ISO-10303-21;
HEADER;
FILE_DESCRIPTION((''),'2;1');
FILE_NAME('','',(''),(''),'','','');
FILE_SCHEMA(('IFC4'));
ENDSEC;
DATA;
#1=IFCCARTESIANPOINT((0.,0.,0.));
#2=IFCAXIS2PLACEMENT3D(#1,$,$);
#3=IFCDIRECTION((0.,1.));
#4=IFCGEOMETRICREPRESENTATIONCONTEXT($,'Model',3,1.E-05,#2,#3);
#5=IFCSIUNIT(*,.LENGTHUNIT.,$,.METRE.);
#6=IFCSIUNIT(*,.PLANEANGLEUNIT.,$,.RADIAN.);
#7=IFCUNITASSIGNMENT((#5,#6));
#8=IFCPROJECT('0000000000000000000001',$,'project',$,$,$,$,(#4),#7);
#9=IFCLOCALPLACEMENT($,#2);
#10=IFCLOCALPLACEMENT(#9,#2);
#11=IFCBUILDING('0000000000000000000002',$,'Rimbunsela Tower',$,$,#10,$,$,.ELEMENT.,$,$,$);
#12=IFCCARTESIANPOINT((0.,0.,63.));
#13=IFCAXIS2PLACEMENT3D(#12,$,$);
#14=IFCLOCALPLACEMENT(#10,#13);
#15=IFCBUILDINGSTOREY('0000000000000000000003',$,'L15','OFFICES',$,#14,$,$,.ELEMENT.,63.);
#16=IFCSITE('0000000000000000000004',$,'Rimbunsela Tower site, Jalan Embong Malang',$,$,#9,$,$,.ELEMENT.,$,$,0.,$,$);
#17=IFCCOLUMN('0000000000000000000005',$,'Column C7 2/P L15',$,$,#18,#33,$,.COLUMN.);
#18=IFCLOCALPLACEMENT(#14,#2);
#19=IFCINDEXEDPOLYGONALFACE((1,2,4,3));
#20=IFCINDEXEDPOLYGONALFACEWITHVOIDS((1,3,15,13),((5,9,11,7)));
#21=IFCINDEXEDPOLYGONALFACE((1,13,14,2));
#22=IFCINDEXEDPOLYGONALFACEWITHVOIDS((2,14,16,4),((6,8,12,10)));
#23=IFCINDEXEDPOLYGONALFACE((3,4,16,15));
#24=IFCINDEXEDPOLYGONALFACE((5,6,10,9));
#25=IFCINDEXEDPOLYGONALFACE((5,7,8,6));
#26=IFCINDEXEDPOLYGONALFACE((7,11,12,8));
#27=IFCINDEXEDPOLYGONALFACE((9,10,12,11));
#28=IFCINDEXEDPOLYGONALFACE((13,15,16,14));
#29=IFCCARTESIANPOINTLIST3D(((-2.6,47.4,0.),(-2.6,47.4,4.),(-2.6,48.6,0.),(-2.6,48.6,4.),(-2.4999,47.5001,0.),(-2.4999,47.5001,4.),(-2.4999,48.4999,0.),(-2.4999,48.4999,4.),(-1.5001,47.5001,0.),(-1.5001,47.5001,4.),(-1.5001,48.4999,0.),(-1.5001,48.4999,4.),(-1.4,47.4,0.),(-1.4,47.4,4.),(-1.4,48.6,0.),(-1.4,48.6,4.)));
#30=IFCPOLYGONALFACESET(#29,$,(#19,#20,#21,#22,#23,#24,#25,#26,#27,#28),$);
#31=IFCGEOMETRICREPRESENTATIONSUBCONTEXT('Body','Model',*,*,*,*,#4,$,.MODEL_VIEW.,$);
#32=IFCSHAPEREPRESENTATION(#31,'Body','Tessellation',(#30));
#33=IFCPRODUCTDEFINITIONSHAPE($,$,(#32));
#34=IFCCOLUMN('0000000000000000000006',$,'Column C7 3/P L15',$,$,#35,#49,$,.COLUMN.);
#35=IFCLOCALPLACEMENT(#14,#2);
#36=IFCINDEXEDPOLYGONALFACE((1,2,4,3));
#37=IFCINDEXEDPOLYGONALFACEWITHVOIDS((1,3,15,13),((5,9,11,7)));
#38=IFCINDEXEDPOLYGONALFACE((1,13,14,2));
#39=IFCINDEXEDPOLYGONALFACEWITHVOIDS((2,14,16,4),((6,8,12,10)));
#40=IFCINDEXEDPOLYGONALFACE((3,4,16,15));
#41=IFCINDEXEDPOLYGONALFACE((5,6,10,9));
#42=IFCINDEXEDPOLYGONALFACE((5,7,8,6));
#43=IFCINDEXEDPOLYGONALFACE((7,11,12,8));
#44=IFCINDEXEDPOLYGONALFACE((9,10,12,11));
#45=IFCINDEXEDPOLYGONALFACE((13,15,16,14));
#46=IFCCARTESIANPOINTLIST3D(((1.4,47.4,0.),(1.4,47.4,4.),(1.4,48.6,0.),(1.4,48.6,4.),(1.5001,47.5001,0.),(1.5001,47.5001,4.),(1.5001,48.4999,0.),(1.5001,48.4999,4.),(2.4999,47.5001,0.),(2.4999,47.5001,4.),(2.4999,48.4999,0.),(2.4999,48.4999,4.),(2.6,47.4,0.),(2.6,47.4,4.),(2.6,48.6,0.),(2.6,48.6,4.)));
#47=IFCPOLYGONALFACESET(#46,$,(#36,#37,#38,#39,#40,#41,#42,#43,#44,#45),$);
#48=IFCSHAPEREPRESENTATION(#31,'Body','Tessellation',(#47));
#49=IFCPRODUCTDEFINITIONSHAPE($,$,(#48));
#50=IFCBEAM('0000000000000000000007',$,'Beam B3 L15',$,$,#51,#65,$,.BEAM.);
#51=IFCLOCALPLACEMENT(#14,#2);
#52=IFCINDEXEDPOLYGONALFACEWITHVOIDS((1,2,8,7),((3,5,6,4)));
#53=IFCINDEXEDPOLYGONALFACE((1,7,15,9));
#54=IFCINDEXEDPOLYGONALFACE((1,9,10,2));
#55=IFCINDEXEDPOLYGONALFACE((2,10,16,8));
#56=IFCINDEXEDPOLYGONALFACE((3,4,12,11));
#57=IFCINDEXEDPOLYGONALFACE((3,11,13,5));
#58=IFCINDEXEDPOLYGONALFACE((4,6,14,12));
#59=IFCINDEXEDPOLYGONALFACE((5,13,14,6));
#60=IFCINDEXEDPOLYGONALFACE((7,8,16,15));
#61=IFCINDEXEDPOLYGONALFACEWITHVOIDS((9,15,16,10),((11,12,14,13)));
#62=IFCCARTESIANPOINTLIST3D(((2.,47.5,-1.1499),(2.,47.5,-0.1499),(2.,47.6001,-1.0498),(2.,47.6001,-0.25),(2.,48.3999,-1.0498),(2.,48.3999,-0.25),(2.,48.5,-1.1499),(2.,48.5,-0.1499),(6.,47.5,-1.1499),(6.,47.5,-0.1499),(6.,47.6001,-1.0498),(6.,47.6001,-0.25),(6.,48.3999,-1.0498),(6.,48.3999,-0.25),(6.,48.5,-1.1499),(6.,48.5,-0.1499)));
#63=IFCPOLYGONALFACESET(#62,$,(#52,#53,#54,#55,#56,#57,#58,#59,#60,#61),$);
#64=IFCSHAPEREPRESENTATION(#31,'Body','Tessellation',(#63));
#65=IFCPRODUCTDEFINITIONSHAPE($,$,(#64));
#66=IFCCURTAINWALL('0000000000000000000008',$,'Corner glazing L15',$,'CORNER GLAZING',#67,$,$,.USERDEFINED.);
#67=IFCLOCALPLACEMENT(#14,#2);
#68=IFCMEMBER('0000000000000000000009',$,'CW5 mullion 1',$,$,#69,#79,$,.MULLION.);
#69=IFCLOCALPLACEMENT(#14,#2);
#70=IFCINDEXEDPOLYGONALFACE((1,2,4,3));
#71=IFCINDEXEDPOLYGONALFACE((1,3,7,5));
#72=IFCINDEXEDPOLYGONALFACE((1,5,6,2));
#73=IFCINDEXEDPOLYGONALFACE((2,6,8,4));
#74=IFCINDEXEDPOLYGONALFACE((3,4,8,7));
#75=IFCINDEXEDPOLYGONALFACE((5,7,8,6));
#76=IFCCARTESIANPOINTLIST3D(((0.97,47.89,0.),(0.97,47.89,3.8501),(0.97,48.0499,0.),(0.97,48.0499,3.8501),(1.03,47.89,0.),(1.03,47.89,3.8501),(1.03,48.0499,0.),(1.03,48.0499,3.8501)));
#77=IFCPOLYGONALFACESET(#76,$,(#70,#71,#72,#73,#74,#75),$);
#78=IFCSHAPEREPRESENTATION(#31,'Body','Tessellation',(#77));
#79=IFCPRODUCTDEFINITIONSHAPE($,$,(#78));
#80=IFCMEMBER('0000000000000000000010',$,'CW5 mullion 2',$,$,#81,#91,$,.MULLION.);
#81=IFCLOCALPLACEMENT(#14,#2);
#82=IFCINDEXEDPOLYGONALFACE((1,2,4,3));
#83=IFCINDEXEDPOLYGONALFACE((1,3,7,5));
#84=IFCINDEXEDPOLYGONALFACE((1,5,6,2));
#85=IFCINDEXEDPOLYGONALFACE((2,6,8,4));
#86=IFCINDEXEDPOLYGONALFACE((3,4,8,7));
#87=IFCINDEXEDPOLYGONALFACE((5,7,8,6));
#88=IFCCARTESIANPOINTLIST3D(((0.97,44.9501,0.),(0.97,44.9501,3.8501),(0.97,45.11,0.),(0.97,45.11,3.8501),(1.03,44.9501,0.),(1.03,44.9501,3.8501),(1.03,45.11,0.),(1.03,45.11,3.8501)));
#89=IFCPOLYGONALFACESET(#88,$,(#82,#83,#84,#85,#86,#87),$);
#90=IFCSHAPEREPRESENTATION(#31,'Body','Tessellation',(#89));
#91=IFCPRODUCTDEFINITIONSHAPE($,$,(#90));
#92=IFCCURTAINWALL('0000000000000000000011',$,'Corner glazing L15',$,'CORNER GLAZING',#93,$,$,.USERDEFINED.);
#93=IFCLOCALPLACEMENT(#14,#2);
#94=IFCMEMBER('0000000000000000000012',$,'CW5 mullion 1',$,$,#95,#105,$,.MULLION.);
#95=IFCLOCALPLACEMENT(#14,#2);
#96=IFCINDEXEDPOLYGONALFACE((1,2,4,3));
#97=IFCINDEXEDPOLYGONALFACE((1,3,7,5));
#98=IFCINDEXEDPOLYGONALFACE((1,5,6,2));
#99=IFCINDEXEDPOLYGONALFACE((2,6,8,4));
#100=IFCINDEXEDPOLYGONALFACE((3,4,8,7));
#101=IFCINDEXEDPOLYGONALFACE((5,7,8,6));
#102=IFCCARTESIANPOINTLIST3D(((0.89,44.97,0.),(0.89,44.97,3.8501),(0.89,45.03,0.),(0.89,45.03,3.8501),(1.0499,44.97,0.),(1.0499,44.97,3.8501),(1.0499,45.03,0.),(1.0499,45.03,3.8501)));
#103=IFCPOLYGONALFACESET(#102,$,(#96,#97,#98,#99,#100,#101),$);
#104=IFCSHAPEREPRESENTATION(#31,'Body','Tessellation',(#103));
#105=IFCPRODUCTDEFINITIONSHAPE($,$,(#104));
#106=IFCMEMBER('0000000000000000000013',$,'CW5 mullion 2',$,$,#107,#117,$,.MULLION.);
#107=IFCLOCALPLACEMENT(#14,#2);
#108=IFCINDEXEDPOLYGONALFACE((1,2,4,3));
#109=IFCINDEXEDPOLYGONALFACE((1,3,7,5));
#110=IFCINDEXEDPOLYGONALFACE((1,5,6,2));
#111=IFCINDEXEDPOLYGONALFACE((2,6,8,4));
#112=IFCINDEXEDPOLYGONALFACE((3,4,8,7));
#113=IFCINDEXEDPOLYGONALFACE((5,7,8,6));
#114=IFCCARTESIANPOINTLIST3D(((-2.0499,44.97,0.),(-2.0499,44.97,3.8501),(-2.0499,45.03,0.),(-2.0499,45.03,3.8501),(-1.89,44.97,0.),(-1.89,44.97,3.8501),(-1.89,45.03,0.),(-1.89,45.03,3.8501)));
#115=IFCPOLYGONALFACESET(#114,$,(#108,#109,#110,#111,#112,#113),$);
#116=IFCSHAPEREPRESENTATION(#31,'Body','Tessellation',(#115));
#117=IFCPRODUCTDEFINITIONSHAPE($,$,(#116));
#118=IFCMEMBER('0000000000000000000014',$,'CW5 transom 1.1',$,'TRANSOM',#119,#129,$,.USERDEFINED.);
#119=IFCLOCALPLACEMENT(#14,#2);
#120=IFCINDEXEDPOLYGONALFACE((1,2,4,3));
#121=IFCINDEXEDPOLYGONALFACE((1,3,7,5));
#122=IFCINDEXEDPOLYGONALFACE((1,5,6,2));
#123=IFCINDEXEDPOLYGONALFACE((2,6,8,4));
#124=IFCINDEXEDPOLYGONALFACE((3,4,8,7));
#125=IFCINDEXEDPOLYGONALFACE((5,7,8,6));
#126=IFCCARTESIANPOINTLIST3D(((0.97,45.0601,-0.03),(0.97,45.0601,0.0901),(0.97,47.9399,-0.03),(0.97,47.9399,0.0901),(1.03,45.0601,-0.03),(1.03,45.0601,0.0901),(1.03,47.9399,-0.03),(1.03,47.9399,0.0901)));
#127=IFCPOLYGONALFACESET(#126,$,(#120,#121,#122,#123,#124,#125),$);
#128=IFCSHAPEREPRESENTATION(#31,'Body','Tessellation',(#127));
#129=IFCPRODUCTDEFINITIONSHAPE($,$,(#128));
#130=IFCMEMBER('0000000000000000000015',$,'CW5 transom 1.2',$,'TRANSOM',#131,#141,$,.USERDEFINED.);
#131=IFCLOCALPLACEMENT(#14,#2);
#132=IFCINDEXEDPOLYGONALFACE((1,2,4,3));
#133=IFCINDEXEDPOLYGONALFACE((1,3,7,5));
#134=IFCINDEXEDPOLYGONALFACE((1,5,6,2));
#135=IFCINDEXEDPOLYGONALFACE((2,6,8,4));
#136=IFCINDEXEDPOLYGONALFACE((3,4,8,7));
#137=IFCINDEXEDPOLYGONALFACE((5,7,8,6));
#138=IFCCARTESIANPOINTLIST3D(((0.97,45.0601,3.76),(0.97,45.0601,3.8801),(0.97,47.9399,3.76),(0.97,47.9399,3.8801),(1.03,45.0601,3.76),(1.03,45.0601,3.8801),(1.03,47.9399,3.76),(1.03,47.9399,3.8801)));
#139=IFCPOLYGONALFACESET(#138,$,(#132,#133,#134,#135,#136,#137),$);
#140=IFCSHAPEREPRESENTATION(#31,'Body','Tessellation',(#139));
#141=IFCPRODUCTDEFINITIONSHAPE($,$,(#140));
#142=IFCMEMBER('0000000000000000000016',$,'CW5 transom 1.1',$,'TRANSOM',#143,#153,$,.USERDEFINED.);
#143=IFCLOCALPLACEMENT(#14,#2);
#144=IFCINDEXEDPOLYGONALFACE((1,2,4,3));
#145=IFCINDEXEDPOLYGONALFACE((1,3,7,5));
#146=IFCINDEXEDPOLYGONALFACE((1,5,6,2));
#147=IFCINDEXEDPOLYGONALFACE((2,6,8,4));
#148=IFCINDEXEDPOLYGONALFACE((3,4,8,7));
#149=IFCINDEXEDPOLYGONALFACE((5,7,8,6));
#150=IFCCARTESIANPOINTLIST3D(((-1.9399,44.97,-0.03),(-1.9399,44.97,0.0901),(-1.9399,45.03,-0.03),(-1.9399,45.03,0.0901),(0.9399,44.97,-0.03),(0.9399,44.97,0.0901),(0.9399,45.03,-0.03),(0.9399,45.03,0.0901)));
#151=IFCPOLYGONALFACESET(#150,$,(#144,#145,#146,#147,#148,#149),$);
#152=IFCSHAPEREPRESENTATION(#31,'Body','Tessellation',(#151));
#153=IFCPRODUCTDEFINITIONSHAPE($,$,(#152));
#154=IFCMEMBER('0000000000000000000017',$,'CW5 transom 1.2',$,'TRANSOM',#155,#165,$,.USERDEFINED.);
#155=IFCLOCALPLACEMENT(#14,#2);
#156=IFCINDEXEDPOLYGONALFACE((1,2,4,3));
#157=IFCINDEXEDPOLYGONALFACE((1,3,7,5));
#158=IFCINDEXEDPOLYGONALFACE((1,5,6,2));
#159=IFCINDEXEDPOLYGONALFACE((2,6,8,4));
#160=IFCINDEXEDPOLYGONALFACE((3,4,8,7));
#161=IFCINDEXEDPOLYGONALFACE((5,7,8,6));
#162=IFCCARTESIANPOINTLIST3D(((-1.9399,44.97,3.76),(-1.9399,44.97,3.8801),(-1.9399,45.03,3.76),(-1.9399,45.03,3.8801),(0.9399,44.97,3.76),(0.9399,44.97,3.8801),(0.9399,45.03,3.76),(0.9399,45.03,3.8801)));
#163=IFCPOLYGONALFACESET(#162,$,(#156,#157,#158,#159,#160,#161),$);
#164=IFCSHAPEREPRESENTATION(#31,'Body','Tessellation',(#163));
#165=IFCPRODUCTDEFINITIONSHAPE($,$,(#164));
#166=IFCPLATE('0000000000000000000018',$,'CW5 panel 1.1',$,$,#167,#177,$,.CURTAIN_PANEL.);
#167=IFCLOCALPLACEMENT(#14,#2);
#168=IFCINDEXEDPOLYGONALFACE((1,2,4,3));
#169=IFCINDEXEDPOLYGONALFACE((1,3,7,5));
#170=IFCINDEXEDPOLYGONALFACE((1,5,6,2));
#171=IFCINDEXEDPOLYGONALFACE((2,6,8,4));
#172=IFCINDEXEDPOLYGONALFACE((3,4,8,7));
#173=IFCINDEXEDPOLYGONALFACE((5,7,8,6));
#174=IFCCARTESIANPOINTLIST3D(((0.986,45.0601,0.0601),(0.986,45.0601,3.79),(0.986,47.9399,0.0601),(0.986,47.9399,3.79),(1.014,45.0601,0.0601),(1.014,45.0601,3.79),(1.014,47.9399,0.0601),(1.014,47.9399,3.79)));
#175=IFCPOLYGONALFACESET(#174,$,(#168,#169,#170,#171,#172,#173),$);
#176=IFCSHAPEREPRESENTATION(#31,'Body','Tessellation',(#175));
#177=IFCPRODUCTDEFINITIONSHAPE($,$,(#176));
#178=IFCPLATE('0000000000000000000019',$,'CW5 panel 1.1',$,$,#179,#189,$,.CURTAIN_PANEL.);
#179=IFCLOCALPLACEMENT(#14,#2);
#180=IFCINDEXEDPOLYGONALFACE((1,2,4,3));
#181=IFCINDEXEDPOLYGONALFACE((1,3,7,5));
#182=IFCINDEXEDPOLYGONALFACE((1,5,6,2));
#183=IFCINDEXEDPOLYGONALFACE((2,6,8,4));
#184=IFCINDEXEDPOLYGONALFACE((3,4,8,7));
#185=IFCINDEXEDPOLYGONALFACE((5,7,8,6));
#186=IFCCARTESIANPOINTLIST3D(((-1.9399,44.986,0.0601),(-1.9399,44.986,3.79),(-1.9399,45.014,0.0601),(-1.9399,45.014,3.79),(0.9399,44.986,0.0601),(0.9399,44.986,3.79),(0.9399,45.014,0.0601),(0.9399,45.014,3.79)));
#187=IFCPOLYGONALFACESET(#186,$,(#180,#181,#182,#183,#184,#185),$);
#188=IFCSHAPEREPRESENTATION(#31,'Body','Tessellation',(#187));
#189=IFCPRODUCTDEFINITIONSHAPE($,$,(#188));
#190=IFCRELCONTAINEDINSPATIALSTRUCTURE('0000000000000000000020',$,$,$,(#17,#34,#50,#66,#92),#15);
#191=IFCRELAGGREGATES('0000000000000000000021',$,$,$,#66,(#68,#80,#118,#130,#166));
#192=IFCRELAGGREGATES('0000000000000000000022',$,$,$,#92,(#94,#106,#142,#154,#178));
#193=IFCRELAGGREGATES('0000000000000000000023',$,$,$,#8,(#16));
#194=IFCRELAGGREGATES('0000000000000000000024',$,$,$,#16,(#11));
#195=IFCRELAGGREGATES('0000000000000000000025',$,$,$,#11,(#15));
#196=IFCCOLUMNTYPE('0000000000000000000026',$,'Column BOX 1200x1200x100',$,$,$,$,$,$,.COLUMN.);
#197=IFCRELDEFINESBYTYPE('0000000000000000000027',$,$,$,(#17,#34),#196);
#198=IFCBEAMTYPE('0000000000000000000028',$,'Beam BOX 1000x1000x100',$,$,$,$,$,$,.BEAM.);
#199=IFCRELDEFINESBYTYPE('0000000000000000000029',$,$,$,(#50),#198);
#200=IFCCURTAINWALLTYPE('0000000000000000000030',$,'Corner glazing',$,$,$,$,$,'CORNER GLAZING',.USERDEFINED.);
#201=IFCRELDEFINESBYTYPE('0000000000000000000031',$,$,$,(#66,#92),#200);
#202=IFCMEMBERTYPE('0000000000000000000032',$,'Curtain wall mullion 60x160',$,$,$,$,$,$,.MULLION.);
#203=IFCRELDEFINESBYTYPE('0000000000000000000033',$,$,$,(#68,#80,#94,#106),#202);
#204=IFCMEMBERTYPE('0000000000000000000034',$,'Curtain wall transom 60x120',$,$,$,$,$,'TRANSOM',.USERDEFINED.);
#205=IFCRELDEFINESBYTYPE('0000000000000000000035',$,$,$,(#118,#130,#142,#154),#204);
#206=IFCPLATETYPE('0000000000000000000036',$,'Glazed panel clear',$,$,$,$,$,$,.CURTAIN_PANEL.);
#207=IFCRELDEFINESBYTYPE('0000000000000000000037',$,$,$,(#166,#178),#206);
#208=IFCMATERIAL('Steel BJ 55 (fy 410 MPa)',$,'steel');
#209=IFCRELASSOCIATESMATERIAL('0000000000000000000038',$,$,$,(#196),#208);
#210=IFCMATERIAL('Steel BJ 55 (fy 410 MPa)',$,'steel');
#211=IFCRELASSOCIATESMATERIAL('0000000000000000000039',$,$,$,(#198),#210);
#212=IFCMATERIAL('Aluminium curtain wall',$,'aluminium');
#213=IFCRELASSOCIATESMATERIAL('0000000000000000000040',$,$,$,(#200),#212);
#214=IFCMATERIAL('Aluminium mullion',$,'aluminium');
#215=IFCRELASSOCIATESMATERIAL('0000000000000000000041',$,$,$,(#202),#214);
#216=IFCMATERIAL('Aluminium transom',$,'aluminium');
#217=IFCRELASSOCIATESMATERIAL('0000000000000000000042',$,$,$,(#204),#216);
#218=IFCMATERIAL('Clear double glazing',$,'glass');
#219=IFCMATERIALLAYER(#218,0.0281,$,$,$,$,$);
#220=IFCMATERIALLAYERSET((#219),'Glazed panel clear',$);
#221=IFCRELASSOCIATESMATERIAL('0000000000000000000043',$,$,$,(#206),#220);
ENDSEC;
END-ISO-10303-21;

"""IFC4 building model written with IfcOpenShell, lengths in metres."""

from ifc_helpers import new_model, si_unit, direction, frame, origin, origin_2d, place, context, subcontext, project, spatial, rectangle, hollow_rectangle, extrude, material, layer, layer_set, material_profile, profile_set, type_object, element, aggregate, save


model = new_model("IFC4")

# Units and contexts
model_context = context("Model", 3, precision=1e-05, world=origin(), true_north=direction((0.0, 1.0)))
body_context = subcontext(model_context, "Body", "Model", "MODEL_VIEW")
ifc_project = project(units=[si_unit("LENGTHUNIT", "METRE"), si_unit("PLANEANGLEUNIT", "RADIAN")], contexts=[model_context])

# Site, building, storey
site_placement = place(None, origin())
site = spatial("IfcSite", under=ifc_project, at=site_placement, Name="Rimbunsela Tower site, Jalan Embong Malang", CompositionType="ELEMENT", RefElevation=0.0)
building_placement = place(site_placement, origin())
building = spatial("IfcBuilding", under=site, at=building_placement, Name="Rimbunsela Tower", CompositionType="ELEMENT")
storey_placement = place(building_placement, frame((0.0, 0.0, 63.0)))
storey = spatial("IfcBuildingStorey", under=building, at=storey_placement, Name="L15", Description="OFFICES", CompositionType="ELEMENT", Elevation=63.0)

# Columns
ifc_material_1 = material(Name="Steel BJ 55 (fy 410 MPa)", Category="steel")
ifc_material_profile_1 = material_profile(ifc_material_1, hollow_rectangle(XDim=1.2, YDim=1.2, WallThickness=0.1001, at=origin_2d()), Name="BOX 1200x1200x100")
ifc_profile_set_1 = profile_set([ifc_material_profile_1], Name="Steel BJ 55 (fy 410 MPa)")
column_type = type_object("IfcColumnType", Name="Column BOX 1200x1200x100", PredefinedType="COLUMN", material=ifc_profile_set_1)
for number, where, z_axis, x_axis, name in (
    (1, (-2.0, 48.0, 0.0), (0.0, 0.0, 1.0), (1.0, 0.0, 0.0), "Column C7 2/P L15"),
    (2, (2.0, 48.0, 0.0), (0.0, 0.0, 1.0), (1.0, 0.0, 0.0), "Column C7 3/P L15"),
):
    element("IfcColumn", number, at=place(storey_placement, frame(where, z_axis=z_axis, x_axis=x_axis)), inside=storey, type_object=column_type, Name=name, PredefinedType="COLUMN", context=body_context, shape_type="SweptSolid", body=[
        extrude(hollow_rectangle(XDim=1.2, YDim=1.2, WallThickness=0.1001, at=origin_2d()), origin(), (0.0, 0.0, 1.0), 4.0),
    ])

# Beam
ifc_material_2 = material(Name="Steel BJ 55 (fy 410 MPa)", Category="steel")
ifc_material_profile_2 = material_profile(ifc_material_2, hollow_rectangle(XDim=1.0, YDim=1.0, WallThickness=0.1001, at=origin_2d()), Name="BOX 1000x1000x100")
ifc_profile_set_2 = profile_set([ifc_material_profile_2], Name="Steel BJ 55 (fy 410 MPa)")
beam_type = type_object("IfcBeamType", Name="Beam BOX 1000x1000x100", PredefinedType="BEAM", material=ifc_profile_set_2)
beam_placement = place(storey_placement, frame((2.0, 48.0, -0.6499), z_axis=(1.0, 0.0, 0.0), x_axis=(0.0, 1.0, 0.0)))
element("IfcBeam", 3, at=beam_placement, inside=storey, type_object=beam_type, Name="Beam B3 L15", PredefinedType="BEAM", context=body_context, shape_type="SweptSolid", body=[
    extrude(hollow_rectangle(XDim=1.0, YDim=1.0, WallThickness=0.1001, at=origin_2d()), origin(), (0.0, 0.0, 1.0), 4.0),
])

# Curtain walls, members
ifc_material_3 = material(Name="Aluminium curtain wall", Category="aluminium")
curtain_wall_type = type_object("IfcCurtainWallType", Name="Corner glazing", ElementType="CORNER GLAZING", PredefinedType="USERDEFINED", material=ifc_material_3)
curtain_wall_1_placement = place(storey_placement, origin())
curtain_wall_1 = element("IfcCurtainWall", 4, at=curtain_wall_1_placement, inside=storey, type_object=curtain_wall_type, Name="Corner glazing L15", ObjectType="CORNER GLAZING", PredefinedType="USERDEFINED")
ifc_material_4 = material(Name="Aluminium mullion", Category="aluminium")
ifc_material_profile_3 = material_profile(ifc_material_4, rectangle(XDim=0.0601, YDim=0.1599, at=origin_2d()), Name="Mullion 60x160")
ifc_profile_set_3 = profile_set([ifc_material_profile_3], Name="Aluminium mullion")
member_type_1 = type_object("IfcMemberType", Name="Curtain wall mullion 60x160", PredefinedType="MULLION", material=ifc_profile_set_3)
member_1_placement = place(storey_placement, frame((1.0, 47.97, 0.0), z_axis=(0.0, 0.0, 1.0), x_axis=(1.0, 0.0, 0.0)))
member_1 = element("IfcMember", 5, at=member_1_placement, type_object=member_type_1, Name="CW5 mullion 1", PredefinedType="MULLION", context=body_context, shape_type="SweptSolid", body=[
    extrude(rectangle(XDim=0.0601, YDim=0.1599, at=origin_2d()), origin(), (0.0, 0.0, 1.0), 3.8501),
])
member_2_placement = place(storey_placement, frame((1.0, 45.03, 0.0), z_axis=(0.0, 0.0, 1.0), x_axis=(1.0, 0.0, 0.0)))
member_2 = element("IfcMember", 6, at=member_2_placement, type_object=member_type_1, Name="CW5 mullion 2", PredefinedType="MULLION", context=body_context, shape_type="SweptSolid", body=[
    extrude(rectangle(XDim=0.0601, YDim=0.1599, at=origin_2d()), origin(), (0.0, 0.0, 1.0), 3.8501),
])
curtain_wall_2_placement = place(storey_placement, origin())
curtain_wall_2 = element("IfcCurtainWall", 7, at=curtain_wall_2_placement, inside=storey, type_object=curtain_wall_type, Name="Corner glazing L15", ObjectType="CORNER GLAZING", PredefinedType="USERDEFINED")
member_3_placement = place(storey_placement, frame((0.97, 45.0, 0.0), z_axis=(0.0, 0.0, 1.0), x_axis=(0.0, -1.0, 0.0)))
member_3 = element("IfcMember", 8, at=member_3_placement, type_object=member_type_1, Name="CW5 mullion 1", PredefinedType="MULLION", context=body_context, shape_type="SweptSolid", body=[
    extrude(rectangle(XDim=0.0601, YDim=0.1599, at=origin_2d()), origin(), (0.0, 0.0, 1.0), 3.8501),
])
member_4_placement = place(storey_placement, frame((-1.97, 45.0, 0.0), z_axis=(0.0, 0.0, 1.0), x_axis=(0.0, -1.0, 0.0)))
member_4 = element("IfcMember", 9, at=member_4_placement, type_object=member_type_1, Name="CW5 mullion 2", PredefinedType="MULLION", context=body_context, shape_type="SweptSolid", body=[
    extrude(rectangle(XDim=0.0601, YDim=0.1599, at=origin_2d()), origin(), (0.0, 0.0, 1.0), 3.8501),
])

# Members
ifc_material_5 = material(Name="Aluminium transom", Category="aluminium")
ifc_material_profile_4 = material_profile(ifc_material_5, rectangle(XDim=0.0601, YDim=0.1201, at=origin_2d()), Name="Transom 60x120")
ifc_profile_set_4 = profile_set([ifc_material_profile_4], Name="Aluminium transom")
member_type_2 = type_object("IfcMemberType", Name="Curtain wall transom 60x120", ElementType="TRANSOM", PredefinedType="USERDEFINED", material=ifc_profile_set_4)
member_5_placement = place(storey_placement, frame((1.0, 47.9399, 0.03), z_axis=(0.0, -1.0, 0.0), x_axis=(1.0, 0.0, 0.0)))
member_5 = element("IfcMember", 10, at=member_5_placement, type_object=member_type_2, Name="CW5 transom 1.1", ObjectType="TRANSOM", PredefinedType="USERDEFINED", context=body_context, shape_type="SweptSolid", body=[
    extrude(rectangle(XDim=0.0601, YDim=0.1201, at=origin_2d()), origin(), (0.0, 0.0, 1.0), 2.8799),
])
member_6_placement = place(storey_placement, frame((1.0, 47.9399, 3.8201), z_axis=(0.0, -1.0, 0.0), x_axis=(1.0, 0.0, 0.0)))
member_6 = element("IfcMember", 11, at=member_6_placement, type_object=member_type_2, Name="CW5 transom 1.2", ObjectType="TRANSOM", PredefinedType="USERDEFINED", context=body_context, shape_type="SweptSolid", body=[
    extrude(rectangle(XDim=0.0601, YDim=0.1201, at=origin_2d()), origin(), (0.0, 0.0, 1.0), 2.8799),
])
member_7_placement = place(storey_placement, frame((0.9399, 45.0, 0.03), z_axis=(-1.0, 0.0, 0.0), x_axis=(0.0, -1.0, 0.0)))
member_7 = element("IfcMember", 12, at=member_7_placement, type_object=member_type_2, Name="CW5 transom 1.1", ObjectType="TRANSOM", PredefinedType="USERDEFINED", context=body_context, shape_type="SweptSolid", body=[
    extrude(rectangle(XDim=0.0601, YDim=0.1201, at=origin_2d()), origin(), (0.0, 0.0, 1.0), 2.8799),
])
member_8_placement = place(storey_placement, frame((0.9399, 45.0, 3.8201), z_axis=(-1.0, 0.0, 0.0), x_axis=(0.0, -1.0, 0.0)))
member_8 = element("IfcMember", 13, at=member_8_placement, type_object=member_type_2, Name="CW5 transom 1.2", ObjectType="TRANSOM", PredefinedType="USERDEFINED", context=body_context, shape_type="SweptSolid", body=[
    extrude(rectangle(XDim=0.0601, YDim=0.1201, at=origin_2d()), origin(), (0.0, 0.0, 1.0), 2.8799),
])

# Plates
ifc_material_6 = material(Name="Clear double glazing", Category="glass")
ifc_layer_1 = layer(ifc_material_6, 0.0281)
ifc_layer_set_1 = layer_set([ifc_layer_1], Name="Glazed panel clear")
plate_type = type_object("IfcPlateType", Name="Glazed panel clear", PredefinedType="CURTAIN_PANEL", material=ifc_layer_set_1)
plate_1_placement = place(storey_placement, frame((1.0, 46.5, 0.0601), z_axis=(0.0, 0.0, 1.0), x_axis=(0.0, -1.0, 0.0)))
plate_1 = element("IfcPlate", 14, at=plate_1_placement, type_object=plate_type, Name="CW5 panel 1.1", PredefinedType="CURTAIN_PANEL", context=body_context, shape_type="SweptSolid", body=[
    extrude(rectangle(XDim=2.8799, YDim=0.0281, at=origin_2d()), origin(), (0.0, 0.0, 1.0), 3.73),
])
aggregate(curtain_wall_1, [member_1, member_2, member_5, member_6, plate_1])
plate_2_placement = place(storey_placement, frame((-0.5, 45.0, 0.0601), z_axis=(0.0, 0.0, 1.0), x_axis=(-1.0, 0.0, 0.0)))
plate_2 = element("IfcPlate", 15, at=plate_2_placement, type_object=plate_type, Name="CW5 panel 1.1", PredefinedType="CURTAIN_PANEL", context=body_context, shape_type="SweptSolid", body=[
    extrude(rectangle(XDim=2.8799, YDim=0.0281, at=origin_2d()), origin(), (0.0, 0.0, 1.0), 3.73),
])
aggregate(curtain_wall_2, [member_3, member_4, member_7, member_8, plate_2])

save(model, "model.ifc")
